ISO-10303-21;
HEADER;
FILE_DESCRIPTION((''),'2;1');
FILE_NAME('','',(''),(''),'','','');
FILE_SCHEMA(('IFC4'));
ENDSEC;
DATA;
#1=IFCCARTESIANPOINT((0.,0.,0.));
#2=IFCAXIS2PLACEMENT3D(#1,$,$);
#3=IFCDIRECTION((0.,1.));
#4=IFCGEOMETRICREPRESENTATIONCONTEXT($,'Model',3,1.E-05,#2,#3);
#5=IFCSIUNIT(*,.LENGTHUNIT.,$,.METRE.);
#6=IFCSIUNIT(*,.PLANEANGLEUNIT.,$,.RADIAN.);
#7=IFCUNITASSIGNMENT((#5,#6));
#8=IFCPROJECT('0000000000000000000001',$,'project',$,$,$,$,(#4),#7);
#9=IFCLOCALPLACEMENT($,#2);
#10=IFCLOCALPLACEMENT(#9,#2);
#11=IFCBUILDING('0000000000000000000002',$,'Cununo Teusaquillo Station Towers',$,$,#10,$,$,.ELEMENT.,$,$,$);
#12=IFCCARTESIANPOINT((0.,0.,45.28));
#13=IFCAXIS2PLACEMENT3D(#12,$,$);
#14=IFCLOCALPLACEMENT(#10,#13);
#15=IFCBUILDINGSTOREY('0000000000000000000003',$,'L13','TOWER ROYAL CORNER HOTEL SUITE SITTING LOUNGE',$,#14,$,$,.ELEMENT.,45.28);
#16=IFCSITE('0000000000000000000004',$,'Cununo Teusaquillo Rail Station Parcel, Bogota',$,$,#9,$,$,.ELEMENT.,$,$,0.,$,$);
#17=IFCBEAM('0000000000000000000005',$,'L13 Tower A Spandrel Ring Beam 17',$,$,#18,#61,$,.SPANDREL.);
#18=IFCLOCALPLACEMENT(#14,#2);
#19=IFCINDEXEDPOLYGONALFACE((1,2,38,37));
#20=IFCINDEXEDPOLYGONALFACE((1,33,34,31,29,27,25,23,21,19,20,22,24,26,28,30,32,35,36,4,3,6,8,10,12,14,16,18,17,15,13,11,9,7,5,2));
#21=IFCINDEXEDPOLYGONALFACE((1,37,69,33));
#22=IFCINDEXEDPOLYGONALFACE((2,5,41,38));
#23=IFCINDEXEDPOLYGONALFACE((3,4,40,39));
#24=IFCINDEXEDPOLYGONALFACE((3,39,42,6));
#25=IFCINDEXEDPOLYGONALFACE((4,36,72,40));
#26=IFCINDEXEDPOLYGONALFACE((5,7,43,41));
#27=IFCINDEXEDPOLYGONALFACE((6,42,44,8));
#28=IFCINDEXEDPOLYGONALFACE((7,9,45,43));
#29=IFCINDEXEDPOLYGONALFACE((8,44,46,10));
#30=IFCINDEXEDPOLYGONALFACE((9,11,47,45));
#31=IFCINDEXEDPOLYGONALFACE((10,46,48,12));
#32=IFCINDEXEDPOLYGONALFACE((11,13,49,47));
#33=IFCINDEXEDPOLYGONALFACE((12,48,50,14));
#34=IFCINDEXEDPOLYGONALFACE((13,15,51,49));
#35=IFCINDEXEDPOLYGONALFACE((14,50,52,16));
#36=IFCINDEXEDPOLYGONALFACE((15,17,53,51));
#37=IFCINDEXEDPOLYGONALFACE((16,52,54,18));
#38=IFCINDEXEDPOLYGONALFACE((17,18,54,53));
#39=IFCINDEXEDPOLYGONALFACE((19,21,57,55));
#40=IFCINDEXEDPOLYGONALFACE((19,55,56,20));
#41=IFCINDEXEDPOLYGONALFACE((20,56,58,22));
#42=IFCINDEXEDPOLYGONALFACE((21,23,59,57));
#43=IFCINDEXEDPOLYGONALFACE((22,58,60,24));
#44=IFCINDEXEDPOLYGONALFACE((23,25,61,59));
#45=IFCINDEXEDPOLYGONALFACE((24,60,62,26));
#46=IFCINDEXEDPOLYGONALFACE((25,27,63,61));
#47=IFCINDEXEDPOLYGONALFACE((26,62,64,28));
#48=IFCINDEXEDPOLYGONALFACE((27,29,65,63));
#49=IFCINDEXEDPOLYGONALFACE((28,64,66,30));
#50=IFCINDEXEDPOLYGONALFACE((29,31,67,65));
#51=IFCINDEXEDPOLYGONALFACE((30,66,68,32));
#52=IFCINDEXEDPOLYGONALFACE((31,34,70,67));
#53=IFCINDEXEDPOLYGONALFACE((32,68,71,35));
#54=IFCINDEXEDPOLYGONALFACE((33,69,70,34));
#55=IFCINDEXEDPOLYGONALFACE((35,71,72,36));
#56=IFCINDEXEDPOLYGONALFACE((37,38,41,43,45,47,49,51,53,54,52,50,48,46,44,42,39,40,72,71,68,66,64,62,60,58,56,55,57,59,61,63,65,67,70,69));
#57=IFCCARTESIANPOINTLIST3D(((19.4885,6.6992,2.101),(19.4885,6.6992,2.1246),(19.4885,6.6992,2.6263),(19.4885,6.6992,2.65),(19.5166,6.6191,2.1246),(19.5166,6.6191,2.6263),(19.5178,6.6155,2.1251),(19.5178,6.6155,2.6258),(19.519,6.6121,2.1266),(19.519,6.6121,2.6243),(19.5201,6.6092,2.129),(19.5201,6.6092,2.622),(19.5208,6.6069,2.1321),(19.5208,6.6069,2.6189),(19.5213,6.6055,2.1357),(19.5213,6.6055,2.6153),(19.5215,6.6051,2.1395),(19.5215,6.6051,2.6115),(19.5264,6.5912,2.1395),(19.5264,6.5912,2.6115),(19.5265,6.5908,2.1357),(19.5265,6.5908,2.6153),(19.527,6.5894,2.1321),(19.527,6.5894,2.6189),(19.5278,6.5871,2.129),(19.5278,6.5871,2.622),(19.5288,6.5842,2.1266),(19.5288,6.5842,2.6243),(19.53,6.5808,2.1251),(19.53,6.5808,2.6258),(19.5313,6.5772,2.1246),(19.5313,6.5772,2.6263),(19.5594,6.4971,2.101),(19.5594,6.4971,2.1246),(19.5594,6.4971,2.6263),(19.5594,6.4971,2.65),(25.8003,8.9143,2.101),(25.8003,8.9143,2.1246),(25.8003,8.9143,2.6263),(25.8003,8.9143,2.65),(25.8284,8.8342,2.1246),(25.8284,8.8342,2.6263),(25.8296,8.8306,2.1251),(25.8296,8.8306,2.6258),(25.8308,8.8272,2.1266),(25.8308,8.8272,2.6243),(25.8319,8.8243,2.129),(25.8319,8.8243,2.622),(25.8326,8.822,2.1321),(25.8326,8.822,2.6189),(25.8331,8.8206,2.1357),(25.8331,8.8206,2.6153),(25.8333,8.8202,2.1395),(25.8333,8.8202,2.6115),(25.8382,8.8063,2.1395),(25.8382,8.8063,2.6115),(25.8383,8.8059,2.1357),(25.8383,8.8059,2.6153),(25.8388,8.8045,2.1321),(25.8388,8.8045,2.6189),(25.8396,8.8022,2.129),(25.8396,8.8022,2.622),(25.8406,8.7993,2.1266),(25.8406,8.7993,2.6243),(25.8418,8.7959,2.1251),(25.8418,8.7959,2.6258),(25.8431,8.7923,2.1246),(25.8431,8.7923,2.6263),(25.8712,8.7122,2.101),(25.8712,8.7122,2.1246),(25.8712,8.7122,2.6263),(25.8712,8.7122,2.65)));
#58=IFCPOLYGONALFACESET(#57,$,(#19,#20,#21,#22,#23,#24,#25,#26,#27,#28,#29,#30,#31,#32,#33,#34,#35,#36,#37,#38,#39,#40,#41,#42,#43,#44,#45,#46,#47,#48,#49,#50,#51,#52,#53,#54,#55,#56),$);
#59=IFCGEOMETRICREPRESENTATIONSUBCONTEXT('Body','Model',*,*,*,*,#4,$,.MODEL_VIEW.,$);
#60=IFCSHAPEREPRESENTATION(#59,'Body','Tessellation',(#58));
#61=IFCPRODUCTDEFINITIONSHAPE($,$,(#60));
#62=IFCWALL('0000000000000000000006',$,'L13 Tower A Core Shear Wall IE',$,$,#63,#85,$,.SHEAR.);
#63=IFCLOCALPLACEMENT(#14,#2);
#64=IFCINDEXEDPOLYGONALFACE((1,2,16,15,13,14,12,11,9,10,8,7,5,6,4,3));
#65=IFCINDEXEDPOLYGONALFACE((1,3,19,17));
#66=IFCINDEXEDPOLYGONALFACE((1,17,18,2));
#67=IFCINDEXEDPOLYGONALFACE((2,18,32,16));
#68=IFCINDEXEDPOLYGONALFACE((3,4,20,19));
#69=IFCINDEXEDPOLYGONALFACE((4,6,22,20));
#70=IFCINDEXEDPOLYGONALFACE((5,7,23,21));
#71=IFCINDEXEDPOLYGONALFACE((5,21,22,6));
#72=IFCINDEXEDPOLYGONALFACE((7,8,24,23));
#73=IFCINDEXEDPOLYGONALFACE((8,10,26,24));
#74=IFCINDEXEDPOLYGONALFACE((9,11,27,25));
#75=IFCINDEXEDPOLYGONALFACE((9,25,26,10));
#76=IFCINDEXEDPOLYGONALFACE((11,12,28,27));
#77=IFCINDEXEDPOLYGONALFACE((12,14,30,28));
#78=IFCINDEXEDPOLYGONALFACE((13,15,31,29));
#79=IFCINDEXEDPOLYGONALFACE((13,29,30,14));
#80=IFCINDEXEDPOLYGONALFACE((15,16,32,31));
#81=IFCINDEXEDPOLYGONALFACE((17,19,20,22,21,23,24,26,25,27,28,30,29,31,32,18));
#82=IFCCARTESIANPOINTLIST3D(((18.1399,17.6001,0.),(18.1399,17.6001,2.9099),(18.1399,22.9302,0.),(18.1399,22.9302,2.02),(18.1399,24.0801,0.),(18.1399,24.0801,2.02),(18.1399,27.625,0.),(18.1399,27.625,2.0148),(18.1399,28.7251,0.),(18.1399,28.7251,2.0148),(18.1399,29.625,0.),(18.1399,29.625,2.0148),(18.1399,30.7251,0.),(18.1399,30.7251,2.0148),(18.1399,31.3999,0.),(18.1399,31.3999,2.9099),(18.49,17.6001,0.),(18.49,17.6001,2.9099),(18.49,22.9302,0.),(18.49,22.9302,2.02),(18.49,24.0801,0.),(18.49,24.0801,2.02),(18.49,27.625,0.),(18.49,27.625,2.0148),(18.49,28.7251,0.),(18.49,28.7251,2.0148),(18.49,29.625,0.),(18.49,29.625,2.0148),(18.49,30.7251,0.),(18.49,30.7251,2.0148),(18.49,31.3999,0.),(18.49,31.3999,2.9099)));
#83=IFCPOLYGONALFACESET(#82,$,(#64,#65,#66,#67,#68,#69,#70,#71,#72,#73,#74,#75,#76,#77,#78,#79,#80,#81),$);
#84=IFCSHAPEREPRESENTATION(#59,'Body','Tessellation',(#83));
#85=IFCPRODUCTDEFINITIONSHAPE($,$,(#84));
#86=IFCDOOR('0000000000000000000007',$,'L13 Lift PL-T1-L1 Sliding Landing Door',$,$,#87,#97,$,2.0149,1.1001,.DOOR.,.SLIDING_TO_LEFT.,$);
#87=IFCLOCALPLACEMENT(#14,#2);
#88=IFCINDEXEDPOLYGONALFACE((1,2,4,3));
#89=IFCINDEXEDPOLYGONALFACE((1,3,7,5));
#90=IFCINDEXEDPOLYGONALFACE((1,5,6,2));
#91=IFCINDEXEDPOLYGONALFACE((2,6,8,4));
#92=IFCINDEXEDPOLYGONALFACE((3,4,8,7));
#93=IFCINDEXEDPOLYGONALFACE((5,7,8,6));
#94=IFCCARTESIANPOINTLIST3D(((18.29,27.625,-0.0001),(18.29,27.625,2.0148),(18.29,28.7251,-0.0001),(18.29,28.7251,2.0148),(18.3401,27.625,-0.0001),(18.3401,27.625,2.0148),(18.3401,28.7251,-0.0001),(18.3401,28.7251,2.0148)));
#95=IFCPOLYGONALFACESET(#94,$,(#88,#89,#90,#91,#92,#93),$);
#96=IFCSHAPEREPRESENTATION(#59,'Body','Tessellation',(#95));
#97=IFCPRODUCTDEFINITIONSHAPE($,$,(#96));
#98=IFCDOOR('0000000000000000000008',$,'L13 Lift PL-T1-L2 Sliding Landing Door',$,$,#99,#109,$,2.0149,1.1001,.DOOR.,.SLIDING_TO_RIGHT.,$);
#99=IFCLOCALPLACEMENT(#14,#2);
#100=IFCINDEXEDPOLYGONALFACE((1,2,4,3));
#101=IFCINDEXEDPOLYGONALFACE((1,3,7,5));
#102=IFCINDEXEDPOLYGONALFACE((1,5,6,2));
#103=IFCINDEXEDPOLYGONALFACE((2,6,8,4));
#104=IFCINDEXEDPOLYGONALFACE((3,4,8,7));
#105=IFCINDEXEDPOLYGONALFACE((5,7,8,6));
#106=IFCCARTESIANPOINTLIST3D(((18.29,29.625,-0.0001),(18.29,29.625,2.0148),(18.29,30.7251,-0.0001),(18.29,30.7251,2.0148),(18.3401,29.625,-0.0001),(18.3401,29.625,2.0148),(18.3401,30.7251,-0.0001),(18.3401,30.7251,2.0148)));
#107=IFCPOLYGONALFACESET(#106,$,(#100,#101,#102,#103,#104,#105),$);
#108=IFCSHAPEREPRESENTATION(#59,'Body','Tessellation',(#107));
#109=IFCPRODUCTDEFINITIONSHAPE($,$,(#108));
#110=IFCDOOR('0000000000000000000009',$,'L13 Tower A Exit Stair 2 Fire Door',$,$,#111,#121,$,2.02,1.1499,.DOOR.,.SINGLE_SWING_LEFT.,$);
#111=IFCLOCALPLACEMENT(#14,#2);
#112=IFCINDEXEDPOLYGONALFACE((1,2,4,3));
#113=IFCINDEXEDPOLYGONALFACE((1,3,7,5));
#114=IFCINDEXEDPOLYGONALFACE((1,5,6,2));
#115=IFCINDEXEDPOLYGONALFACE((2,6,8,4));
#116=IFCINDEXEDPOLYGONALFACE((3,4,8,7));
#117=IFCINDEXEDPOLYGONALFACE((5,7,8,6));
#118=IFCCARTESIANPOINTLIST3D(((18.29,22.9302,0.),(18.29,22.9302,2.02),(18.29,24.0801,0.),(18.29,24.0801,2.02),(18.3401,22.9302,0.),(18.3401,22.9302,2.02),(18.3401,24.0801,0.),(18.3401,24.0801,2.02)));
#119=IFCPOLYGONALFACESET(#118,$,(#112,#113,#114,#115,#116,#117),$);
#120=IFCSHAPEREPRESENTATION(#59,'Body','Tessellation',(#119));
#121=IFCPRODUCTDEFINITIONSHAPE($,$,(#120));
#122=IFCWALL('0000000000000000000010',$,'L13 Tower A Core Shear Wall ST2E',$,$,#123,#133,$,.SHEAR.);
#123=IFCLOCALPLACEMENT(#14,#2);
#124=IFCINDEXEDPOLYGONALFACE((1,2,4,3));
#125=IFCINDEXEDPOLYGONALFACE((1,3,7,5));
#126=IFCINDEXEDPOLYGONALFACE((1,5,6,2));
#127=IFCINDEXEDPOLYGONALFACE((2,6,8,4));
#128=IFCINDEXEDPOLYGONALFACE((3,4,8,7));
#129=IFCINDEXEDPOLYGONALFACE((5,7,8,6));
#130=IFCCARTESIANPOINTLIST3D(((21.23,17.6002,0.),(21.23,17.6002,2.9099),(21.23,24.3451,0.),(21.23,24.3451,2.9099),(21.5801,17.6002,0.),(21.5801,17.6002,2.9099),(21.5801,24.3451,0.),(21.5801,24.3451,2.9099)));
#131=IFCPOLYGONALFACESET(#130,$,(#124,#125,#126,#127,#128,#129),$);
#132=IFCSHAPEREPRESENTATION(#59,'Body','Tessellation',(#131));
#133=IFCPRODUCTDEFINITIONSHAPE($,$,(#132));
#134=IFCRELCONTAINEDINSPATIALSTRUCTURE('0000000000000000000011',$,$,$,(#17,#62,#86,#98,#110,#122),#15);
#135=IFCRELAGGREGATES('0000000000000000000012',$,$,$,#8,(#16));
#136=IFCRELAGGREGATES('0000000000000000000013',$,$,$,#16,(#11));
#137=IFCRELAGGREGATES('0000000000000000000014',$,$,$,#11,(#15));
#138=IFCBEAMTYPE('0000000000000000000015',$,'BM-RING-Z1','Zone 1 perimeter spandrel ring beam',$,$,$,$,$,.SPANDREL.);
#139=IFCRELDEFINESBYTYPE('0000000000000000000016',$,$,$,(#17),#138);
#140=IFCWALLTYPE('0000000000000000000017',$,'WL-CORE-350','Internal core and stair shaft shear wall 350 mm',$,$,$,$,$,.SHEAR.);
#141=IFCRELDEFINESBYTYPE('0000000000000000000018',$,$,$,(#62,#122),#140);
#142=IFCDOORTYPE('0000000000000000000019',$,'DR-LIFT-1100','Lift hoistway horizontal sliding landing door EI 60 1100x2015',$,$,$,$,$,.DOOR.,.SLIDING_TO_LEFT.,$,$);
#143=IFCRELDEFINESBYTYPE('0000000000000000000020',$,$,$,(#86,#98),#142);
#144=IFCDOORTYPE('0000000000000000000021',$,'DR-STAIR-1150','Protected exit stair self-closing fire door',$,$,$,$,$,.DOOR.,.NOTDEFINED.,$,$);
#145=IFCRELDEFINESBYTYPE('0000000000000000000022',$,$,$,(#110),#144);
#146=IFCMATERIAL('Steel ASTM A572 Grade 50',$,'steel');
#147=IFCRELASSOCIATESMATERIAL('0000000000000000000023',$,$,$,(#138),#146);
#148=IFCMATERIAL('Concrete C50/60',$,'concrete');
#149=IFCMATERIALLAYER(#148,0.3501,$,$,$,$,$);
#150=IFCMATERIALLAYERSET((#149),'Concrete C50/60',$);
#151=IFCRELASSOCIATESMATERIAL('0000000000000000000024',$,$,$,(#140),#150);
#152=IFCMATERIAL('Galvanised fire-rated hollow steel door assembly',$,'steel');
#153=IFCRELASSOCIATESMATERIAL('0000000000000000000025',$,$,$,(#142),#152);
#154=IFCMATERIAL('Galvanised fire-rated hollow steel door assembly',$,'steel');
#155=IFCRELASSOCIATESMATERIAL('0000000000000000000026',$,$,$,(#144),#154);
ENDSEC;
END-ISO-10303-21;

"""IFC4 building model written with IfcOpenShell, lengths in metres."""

from ifc_helpers import new_model, si_unit, direction, frame, frame_2d, origin, origin_2d, place, context, subcontext, project, spatial, rectangle, i_section, extrude, source, transform, mapped, material, layer, layer_set, material_profile, profile_set, type_object, element, fill, save


model = new_model("IFC4")

# Units and contexts
model_context = context("Model", 3, precision=1e-05, world=origin(), true_north=direction((0.0, 1.0)))
body_context = subcontext(model_context, "Body", "Model", "MODEL_VIEW")
ifc_project = project(units=[si_unit("LENGTHUNIT", "METRE"), si_unit("PLANEANGLEUNIT", "RADIAN")], contexts=[model_context])

# Site, building, storey
site_placement = place(None, origin())
site = spatial("IfcSite", under=ifc_project, at=site_placement, Name="Cununo Teusaquillo Rail Station Parcel, Bogota", CompositionType="ELEMENT", RefElevation=0.0)
building_placement = place(site_placement, origin())
building = spatial("IfcBuilding", under=site, at=building_placement, Name="Cununo Teusaquillo Station Towers", CompositionType="ELEMENT")
storey_placement = place(building_placement, frame((0.0, 0.0, 45.28)))
storey = spatial("IfcBuildingStorey", under=building, at=storey_placement, Name="L13", Description="TOWER ROYAL CORNER HOTEL SUITE SITTING LOUNGE", CompositionType="ELEMENT", Elevation=45.28)

# Beam
ifc_material_1 = material(Name="Steel ASTM A572 Grade 50", Category="steel")
ifc_material_profile_1 = material_profile(ifc_material_1, i_section(OverallWidth=0.2141, OverallDepth=0.5491, WebThickness=0.0146, FlangeThickness=0.0237, FilletRadius=0.0149, at=origin_2d()), Name="W21X93")
ifc_profile_set_1 = profile_set([ifc_material_profile_1], Name="Steel ASTM A572 Grade 50")
beam_type = type_object("IfcBeamType", Name="BM-RING-Z1", Description="Zone 1 perimeter spandrel ring beam", PredefinedType="SPANDREL", material=ifc_profile_set_1)
beam_1_placement = place(storey_placement, frame((19.5239, 6.5981, 2.3755), z_axis=(0.94358, 0.331145, 0.0), x_axis=(-0.331145, 0.94358, 0.0)))
element("IfcBeam", 1, at=beam_1_placement, inside=storey, type_object=beam_type, Name="L13 Tower A Spandrel Ring Beam 17", PredefinedType="SPANDREL", context=body_context, shape_type="SweptSolid", body=[
    extrude(i_section(OverallWidth=0.2141, OverallDepth=0.5491, WebThickness=0.0146, FlangeThickness=0.0237, FilletRadius=0.0149, at=origin_2d()), origin(), (0.0, 0.0, 1.0), 6.6892),
])

# Wall, openings, doors
ifc_material_2 = material(Name="Concrete C50/60", Category="concrete")
ifc_layer_1 = layer(ifc_material_2, 0.3501)
ifc_layer_set_1 = layer_set([ifc_layer_1], Name="Concrete C50/60")
wall_type_1 = type_object("IfcWallType", Name="WL-CORE-350", Description="Internal core and stair shaft shear wall 350 mm", PredefinedType="SHEAR", material=ifc_layer_set_1)
wall_1_placement = place(storey_placement, frame((18.3149, 17.6001, 0.0), z_axis=(0.0, 0.0, 1.0), x_axis=(0.0, 1.0, 0.0)))
wall_1 = element("IfcWall", 2, at=wall_1_placement, inside=storey, type_object=wall_type_1, Name="L13 Tower A Core Shear Wall IE", PredefinedType="SHEAR", context=body_context, shape_type="SweptSolid", body=[
    extrude(rectangle(XDim=13.7998, YDim=0.3501, at=frame_2d((6.8999, 0.0))), origin(), (0.0, 0.0, 1.0), 2.9099),
])
shared_shape_1 = source(origin(), body_context, "Body", "SweptSolid", [
    extrude(rectangle(XDim=1.1001, YDim=2.0149, at=frame_2d((0.55, 1.0073))), frame((0.0, 0.1851, 0.0), z_axis=(0.0, -1.0, 0.0), x_axis=(1.0, 0.0, 0.0)), (0.0, 0.0, 1.0), 0.3701),
])
opening_1_placement = place(wall_1_placement, frame((10.0249, 0.0, 0.0)))
opening_1 = element("IfcOpeningElement", 3, at=opening_1_placement, cuts=wall_1, PredefinedType="OPENING", context=body_context, shape_type="MappedRepresentation", body=[
    mapped(shared_shape_1, transform((0.0, 0.0, 0.0), x_axis=(1.0, 0.0, 0.0), y_axis=(0.0, 1.0, 0.0), z_axis=(0.0, 0.0, 1.0), scale=1.0)),
])
opening_2_placement = place(wall_1_placement, frame((12.0249, 0.0, 0.0)))
opening_2 = element("IfcOpeningElement", 4, at=opening_2_placement, cuts=wall_1, PredefinedType="OPENING", context=body_context, shape_type="MappedRepresentation", body=[
    mapped(shared_shape_1, transform((0.0, 0.0, 0.0), x_axis=(1.0, 0.0, 0.0), y_axis=(0.0, 1.0, 0.0), z_axis=(0.0, 0.0, 1.0), scale=1.0)),
])
shared_shape_2 = source(origin(), body_context, "Body", "SweptSolid", [
    extrude(rectangle(XDim=1.1499, YDim=2.02, at=frame_2d((0.575, 1.01))), frame((0.0, 0.1851, 0.0), z_axis=(0.0, -1.0, 0.0), x_axis=(1.0, 0.0, 0.0)), (0.0, 0.0, 1.0), 0.3701),
])
opening_3_placement = place(wall_1_placement, frame((5.3301, 0.0, 0.0)))
opening_3 = element("IfcOpeningElement", 5, at=opening_3_placement, cuts=wall_1, PredefinedType="OPENING", context=body_context, shape_type="MappedRepresentation", body=[
    mapped(shared_shape_2, transform((0.0, 0.0, 0.0), x_axis=(1.0, 0.0, 0.0), y_axis=(0.0, 1.0, 0.0), z_axis=(0.0, 0.0, 1.0), scale=1.0)),
])
ifc_material_3 = material(Name="Galvanised fire-rated hollow steel door assembly", Category="steel")
door_type_1 = type_object("IfcDoorType", Name="DR-LIFT-1100", Description="Lift hoistway horizontal sliding landing door EI 60 1100x2015", OperationType="SLIDING_TO_LEFT", PredefinedType="DOOR", material=ifc_material_3)
shared_shape_3 = source(origin(), body_context, "Body", "SweptSolid", [
    extrude(rectangle(XDim=1.1001, YDim=2.0149, at=frame_2d((0.55, 1.0073))), frame((0.0, 0.0249, 0.0), z_axis=(0.0, -1.0, 0.0), x_axis=(1.0, 0.0, 0.0)), (0.0, 0.0, 1.0), 0.05),
])
door_1_placement = place(opening_1_placement, origin())
door_1 = element("IfcDoor", 6, at=door_1_placement, inside=storey, type_object=door_type_1, Name="L13 Lift PL-T1-L1 Sliding Landing Door", OperationType="SLIDING_TO_LEFT", OverallHeight=2.0149, OverallWidth=1.1001, PredefinedType="DOOR", context=body_context, shape_type="MappedRepresentation", body=[
    mapped(shared_shape_3, transform((0.0, 0.0, 0.0), x_axis=(1.0, 0.0, 0.0), y_axis=(0.0, 1.0, 0.0), z_axis=(0.0, 0.0, 1.0), scale=1.0)),
])
fill(opening_1, door_1)
door_2_placement = place(opening_2_placement, origin())
door_2 = element("IfcDoor", 7, at=door_2_placement, inside=storey, type_object=door_type_1, Name="L13 Lift PL-T1-L2 Sliding Landing Door", OperationType="SLIDING_TO_RIGHT", OverallHeight=2.0149, OverallWidth=1.1001, PredefinedType="DOOR", context=body_context, shape_type="MappedRepresentation", body=[
    mapped(shared_shape_3, transform((0.0, 0.0, 0.0), x_axis=(1.0, 0.0, 0.0), y_axis=(0.0, 1.0, 0.0), z_axis=(0.0, 0.0, 1.0), scale=1.0)),
])
fill(opening_2, door_2)
ifc_material_4 = material(Name="Galvanised fire-rated hollow steel door assembly", Category="steel")
door_type_2 = type_object("IfcDoorType", Name="DR-STAIR-1150", Description="Protected exit stair self-closing fire door", OperationType="NOTDEFINED", PredefinedType="DOOR", material=ifc_material_4)
shared_shape_4 = source(origin(), body_context, "Body", "SweptSolid", [
    extrude(rectangle(XDim=1.1499, YDim=2.02, at=frame_2d((0.575, 1.01))), frame((0.0, 0.0249, 0.0), z_axis=(0.0, -1.0, 0.0), x_axis=(1.0, 0.0, 0.0)), (0.0, 0.0, 1.0), 0.05),
])
door_3_placement = place(opening_3_placement, origin())
door_3 = element("IfcDoor", 8, at=door_3_placement, inside=storey, type_object=door_type_2, Name="L13 Tower A Exit Stair 2 Fire Door", OperationType="SINGLE_SWING_LEFT", OverallHeight=2.02, OverallWidth=1.1499, PredefinedType="DOOR", context=body_context, shape_type="MappedRepresentation", body=[
    mapped(shared_shape_4, transform((0.0, 0.0, 0.0), x_axis=(1.0, 0.0, 0.0), y_axis=(0.0, 1.0, 0.0), z_axis=(0.0, 0.0, 1.0), scale=1.0)),
])
fill(opening_3, door_3)

# Wall
wall_2_placement = place(storey_placement, frame((21.405, 17.6001, 0.0), z_axis=(0.0, 0.0, 1.0), x_axis=(0.0, 1.0, 0.0)))
element("IfcWall", 9, at=wall_2_placement, inside=storey, type_object=wall_type_1, Name="L13 Tower A Core Shear Wall ST2E", PredefinedType="SHEAR", context=body_context, shape_type="SweptSolid", body=[
    extrude(rectangle(XDim=6.7449, YDim=0.3501, at=frame_2d((3.3726, 0.0))), origin(), (0.0, 0.0, 1.0), 2.9099),
])

save(model, "model.ifc")
